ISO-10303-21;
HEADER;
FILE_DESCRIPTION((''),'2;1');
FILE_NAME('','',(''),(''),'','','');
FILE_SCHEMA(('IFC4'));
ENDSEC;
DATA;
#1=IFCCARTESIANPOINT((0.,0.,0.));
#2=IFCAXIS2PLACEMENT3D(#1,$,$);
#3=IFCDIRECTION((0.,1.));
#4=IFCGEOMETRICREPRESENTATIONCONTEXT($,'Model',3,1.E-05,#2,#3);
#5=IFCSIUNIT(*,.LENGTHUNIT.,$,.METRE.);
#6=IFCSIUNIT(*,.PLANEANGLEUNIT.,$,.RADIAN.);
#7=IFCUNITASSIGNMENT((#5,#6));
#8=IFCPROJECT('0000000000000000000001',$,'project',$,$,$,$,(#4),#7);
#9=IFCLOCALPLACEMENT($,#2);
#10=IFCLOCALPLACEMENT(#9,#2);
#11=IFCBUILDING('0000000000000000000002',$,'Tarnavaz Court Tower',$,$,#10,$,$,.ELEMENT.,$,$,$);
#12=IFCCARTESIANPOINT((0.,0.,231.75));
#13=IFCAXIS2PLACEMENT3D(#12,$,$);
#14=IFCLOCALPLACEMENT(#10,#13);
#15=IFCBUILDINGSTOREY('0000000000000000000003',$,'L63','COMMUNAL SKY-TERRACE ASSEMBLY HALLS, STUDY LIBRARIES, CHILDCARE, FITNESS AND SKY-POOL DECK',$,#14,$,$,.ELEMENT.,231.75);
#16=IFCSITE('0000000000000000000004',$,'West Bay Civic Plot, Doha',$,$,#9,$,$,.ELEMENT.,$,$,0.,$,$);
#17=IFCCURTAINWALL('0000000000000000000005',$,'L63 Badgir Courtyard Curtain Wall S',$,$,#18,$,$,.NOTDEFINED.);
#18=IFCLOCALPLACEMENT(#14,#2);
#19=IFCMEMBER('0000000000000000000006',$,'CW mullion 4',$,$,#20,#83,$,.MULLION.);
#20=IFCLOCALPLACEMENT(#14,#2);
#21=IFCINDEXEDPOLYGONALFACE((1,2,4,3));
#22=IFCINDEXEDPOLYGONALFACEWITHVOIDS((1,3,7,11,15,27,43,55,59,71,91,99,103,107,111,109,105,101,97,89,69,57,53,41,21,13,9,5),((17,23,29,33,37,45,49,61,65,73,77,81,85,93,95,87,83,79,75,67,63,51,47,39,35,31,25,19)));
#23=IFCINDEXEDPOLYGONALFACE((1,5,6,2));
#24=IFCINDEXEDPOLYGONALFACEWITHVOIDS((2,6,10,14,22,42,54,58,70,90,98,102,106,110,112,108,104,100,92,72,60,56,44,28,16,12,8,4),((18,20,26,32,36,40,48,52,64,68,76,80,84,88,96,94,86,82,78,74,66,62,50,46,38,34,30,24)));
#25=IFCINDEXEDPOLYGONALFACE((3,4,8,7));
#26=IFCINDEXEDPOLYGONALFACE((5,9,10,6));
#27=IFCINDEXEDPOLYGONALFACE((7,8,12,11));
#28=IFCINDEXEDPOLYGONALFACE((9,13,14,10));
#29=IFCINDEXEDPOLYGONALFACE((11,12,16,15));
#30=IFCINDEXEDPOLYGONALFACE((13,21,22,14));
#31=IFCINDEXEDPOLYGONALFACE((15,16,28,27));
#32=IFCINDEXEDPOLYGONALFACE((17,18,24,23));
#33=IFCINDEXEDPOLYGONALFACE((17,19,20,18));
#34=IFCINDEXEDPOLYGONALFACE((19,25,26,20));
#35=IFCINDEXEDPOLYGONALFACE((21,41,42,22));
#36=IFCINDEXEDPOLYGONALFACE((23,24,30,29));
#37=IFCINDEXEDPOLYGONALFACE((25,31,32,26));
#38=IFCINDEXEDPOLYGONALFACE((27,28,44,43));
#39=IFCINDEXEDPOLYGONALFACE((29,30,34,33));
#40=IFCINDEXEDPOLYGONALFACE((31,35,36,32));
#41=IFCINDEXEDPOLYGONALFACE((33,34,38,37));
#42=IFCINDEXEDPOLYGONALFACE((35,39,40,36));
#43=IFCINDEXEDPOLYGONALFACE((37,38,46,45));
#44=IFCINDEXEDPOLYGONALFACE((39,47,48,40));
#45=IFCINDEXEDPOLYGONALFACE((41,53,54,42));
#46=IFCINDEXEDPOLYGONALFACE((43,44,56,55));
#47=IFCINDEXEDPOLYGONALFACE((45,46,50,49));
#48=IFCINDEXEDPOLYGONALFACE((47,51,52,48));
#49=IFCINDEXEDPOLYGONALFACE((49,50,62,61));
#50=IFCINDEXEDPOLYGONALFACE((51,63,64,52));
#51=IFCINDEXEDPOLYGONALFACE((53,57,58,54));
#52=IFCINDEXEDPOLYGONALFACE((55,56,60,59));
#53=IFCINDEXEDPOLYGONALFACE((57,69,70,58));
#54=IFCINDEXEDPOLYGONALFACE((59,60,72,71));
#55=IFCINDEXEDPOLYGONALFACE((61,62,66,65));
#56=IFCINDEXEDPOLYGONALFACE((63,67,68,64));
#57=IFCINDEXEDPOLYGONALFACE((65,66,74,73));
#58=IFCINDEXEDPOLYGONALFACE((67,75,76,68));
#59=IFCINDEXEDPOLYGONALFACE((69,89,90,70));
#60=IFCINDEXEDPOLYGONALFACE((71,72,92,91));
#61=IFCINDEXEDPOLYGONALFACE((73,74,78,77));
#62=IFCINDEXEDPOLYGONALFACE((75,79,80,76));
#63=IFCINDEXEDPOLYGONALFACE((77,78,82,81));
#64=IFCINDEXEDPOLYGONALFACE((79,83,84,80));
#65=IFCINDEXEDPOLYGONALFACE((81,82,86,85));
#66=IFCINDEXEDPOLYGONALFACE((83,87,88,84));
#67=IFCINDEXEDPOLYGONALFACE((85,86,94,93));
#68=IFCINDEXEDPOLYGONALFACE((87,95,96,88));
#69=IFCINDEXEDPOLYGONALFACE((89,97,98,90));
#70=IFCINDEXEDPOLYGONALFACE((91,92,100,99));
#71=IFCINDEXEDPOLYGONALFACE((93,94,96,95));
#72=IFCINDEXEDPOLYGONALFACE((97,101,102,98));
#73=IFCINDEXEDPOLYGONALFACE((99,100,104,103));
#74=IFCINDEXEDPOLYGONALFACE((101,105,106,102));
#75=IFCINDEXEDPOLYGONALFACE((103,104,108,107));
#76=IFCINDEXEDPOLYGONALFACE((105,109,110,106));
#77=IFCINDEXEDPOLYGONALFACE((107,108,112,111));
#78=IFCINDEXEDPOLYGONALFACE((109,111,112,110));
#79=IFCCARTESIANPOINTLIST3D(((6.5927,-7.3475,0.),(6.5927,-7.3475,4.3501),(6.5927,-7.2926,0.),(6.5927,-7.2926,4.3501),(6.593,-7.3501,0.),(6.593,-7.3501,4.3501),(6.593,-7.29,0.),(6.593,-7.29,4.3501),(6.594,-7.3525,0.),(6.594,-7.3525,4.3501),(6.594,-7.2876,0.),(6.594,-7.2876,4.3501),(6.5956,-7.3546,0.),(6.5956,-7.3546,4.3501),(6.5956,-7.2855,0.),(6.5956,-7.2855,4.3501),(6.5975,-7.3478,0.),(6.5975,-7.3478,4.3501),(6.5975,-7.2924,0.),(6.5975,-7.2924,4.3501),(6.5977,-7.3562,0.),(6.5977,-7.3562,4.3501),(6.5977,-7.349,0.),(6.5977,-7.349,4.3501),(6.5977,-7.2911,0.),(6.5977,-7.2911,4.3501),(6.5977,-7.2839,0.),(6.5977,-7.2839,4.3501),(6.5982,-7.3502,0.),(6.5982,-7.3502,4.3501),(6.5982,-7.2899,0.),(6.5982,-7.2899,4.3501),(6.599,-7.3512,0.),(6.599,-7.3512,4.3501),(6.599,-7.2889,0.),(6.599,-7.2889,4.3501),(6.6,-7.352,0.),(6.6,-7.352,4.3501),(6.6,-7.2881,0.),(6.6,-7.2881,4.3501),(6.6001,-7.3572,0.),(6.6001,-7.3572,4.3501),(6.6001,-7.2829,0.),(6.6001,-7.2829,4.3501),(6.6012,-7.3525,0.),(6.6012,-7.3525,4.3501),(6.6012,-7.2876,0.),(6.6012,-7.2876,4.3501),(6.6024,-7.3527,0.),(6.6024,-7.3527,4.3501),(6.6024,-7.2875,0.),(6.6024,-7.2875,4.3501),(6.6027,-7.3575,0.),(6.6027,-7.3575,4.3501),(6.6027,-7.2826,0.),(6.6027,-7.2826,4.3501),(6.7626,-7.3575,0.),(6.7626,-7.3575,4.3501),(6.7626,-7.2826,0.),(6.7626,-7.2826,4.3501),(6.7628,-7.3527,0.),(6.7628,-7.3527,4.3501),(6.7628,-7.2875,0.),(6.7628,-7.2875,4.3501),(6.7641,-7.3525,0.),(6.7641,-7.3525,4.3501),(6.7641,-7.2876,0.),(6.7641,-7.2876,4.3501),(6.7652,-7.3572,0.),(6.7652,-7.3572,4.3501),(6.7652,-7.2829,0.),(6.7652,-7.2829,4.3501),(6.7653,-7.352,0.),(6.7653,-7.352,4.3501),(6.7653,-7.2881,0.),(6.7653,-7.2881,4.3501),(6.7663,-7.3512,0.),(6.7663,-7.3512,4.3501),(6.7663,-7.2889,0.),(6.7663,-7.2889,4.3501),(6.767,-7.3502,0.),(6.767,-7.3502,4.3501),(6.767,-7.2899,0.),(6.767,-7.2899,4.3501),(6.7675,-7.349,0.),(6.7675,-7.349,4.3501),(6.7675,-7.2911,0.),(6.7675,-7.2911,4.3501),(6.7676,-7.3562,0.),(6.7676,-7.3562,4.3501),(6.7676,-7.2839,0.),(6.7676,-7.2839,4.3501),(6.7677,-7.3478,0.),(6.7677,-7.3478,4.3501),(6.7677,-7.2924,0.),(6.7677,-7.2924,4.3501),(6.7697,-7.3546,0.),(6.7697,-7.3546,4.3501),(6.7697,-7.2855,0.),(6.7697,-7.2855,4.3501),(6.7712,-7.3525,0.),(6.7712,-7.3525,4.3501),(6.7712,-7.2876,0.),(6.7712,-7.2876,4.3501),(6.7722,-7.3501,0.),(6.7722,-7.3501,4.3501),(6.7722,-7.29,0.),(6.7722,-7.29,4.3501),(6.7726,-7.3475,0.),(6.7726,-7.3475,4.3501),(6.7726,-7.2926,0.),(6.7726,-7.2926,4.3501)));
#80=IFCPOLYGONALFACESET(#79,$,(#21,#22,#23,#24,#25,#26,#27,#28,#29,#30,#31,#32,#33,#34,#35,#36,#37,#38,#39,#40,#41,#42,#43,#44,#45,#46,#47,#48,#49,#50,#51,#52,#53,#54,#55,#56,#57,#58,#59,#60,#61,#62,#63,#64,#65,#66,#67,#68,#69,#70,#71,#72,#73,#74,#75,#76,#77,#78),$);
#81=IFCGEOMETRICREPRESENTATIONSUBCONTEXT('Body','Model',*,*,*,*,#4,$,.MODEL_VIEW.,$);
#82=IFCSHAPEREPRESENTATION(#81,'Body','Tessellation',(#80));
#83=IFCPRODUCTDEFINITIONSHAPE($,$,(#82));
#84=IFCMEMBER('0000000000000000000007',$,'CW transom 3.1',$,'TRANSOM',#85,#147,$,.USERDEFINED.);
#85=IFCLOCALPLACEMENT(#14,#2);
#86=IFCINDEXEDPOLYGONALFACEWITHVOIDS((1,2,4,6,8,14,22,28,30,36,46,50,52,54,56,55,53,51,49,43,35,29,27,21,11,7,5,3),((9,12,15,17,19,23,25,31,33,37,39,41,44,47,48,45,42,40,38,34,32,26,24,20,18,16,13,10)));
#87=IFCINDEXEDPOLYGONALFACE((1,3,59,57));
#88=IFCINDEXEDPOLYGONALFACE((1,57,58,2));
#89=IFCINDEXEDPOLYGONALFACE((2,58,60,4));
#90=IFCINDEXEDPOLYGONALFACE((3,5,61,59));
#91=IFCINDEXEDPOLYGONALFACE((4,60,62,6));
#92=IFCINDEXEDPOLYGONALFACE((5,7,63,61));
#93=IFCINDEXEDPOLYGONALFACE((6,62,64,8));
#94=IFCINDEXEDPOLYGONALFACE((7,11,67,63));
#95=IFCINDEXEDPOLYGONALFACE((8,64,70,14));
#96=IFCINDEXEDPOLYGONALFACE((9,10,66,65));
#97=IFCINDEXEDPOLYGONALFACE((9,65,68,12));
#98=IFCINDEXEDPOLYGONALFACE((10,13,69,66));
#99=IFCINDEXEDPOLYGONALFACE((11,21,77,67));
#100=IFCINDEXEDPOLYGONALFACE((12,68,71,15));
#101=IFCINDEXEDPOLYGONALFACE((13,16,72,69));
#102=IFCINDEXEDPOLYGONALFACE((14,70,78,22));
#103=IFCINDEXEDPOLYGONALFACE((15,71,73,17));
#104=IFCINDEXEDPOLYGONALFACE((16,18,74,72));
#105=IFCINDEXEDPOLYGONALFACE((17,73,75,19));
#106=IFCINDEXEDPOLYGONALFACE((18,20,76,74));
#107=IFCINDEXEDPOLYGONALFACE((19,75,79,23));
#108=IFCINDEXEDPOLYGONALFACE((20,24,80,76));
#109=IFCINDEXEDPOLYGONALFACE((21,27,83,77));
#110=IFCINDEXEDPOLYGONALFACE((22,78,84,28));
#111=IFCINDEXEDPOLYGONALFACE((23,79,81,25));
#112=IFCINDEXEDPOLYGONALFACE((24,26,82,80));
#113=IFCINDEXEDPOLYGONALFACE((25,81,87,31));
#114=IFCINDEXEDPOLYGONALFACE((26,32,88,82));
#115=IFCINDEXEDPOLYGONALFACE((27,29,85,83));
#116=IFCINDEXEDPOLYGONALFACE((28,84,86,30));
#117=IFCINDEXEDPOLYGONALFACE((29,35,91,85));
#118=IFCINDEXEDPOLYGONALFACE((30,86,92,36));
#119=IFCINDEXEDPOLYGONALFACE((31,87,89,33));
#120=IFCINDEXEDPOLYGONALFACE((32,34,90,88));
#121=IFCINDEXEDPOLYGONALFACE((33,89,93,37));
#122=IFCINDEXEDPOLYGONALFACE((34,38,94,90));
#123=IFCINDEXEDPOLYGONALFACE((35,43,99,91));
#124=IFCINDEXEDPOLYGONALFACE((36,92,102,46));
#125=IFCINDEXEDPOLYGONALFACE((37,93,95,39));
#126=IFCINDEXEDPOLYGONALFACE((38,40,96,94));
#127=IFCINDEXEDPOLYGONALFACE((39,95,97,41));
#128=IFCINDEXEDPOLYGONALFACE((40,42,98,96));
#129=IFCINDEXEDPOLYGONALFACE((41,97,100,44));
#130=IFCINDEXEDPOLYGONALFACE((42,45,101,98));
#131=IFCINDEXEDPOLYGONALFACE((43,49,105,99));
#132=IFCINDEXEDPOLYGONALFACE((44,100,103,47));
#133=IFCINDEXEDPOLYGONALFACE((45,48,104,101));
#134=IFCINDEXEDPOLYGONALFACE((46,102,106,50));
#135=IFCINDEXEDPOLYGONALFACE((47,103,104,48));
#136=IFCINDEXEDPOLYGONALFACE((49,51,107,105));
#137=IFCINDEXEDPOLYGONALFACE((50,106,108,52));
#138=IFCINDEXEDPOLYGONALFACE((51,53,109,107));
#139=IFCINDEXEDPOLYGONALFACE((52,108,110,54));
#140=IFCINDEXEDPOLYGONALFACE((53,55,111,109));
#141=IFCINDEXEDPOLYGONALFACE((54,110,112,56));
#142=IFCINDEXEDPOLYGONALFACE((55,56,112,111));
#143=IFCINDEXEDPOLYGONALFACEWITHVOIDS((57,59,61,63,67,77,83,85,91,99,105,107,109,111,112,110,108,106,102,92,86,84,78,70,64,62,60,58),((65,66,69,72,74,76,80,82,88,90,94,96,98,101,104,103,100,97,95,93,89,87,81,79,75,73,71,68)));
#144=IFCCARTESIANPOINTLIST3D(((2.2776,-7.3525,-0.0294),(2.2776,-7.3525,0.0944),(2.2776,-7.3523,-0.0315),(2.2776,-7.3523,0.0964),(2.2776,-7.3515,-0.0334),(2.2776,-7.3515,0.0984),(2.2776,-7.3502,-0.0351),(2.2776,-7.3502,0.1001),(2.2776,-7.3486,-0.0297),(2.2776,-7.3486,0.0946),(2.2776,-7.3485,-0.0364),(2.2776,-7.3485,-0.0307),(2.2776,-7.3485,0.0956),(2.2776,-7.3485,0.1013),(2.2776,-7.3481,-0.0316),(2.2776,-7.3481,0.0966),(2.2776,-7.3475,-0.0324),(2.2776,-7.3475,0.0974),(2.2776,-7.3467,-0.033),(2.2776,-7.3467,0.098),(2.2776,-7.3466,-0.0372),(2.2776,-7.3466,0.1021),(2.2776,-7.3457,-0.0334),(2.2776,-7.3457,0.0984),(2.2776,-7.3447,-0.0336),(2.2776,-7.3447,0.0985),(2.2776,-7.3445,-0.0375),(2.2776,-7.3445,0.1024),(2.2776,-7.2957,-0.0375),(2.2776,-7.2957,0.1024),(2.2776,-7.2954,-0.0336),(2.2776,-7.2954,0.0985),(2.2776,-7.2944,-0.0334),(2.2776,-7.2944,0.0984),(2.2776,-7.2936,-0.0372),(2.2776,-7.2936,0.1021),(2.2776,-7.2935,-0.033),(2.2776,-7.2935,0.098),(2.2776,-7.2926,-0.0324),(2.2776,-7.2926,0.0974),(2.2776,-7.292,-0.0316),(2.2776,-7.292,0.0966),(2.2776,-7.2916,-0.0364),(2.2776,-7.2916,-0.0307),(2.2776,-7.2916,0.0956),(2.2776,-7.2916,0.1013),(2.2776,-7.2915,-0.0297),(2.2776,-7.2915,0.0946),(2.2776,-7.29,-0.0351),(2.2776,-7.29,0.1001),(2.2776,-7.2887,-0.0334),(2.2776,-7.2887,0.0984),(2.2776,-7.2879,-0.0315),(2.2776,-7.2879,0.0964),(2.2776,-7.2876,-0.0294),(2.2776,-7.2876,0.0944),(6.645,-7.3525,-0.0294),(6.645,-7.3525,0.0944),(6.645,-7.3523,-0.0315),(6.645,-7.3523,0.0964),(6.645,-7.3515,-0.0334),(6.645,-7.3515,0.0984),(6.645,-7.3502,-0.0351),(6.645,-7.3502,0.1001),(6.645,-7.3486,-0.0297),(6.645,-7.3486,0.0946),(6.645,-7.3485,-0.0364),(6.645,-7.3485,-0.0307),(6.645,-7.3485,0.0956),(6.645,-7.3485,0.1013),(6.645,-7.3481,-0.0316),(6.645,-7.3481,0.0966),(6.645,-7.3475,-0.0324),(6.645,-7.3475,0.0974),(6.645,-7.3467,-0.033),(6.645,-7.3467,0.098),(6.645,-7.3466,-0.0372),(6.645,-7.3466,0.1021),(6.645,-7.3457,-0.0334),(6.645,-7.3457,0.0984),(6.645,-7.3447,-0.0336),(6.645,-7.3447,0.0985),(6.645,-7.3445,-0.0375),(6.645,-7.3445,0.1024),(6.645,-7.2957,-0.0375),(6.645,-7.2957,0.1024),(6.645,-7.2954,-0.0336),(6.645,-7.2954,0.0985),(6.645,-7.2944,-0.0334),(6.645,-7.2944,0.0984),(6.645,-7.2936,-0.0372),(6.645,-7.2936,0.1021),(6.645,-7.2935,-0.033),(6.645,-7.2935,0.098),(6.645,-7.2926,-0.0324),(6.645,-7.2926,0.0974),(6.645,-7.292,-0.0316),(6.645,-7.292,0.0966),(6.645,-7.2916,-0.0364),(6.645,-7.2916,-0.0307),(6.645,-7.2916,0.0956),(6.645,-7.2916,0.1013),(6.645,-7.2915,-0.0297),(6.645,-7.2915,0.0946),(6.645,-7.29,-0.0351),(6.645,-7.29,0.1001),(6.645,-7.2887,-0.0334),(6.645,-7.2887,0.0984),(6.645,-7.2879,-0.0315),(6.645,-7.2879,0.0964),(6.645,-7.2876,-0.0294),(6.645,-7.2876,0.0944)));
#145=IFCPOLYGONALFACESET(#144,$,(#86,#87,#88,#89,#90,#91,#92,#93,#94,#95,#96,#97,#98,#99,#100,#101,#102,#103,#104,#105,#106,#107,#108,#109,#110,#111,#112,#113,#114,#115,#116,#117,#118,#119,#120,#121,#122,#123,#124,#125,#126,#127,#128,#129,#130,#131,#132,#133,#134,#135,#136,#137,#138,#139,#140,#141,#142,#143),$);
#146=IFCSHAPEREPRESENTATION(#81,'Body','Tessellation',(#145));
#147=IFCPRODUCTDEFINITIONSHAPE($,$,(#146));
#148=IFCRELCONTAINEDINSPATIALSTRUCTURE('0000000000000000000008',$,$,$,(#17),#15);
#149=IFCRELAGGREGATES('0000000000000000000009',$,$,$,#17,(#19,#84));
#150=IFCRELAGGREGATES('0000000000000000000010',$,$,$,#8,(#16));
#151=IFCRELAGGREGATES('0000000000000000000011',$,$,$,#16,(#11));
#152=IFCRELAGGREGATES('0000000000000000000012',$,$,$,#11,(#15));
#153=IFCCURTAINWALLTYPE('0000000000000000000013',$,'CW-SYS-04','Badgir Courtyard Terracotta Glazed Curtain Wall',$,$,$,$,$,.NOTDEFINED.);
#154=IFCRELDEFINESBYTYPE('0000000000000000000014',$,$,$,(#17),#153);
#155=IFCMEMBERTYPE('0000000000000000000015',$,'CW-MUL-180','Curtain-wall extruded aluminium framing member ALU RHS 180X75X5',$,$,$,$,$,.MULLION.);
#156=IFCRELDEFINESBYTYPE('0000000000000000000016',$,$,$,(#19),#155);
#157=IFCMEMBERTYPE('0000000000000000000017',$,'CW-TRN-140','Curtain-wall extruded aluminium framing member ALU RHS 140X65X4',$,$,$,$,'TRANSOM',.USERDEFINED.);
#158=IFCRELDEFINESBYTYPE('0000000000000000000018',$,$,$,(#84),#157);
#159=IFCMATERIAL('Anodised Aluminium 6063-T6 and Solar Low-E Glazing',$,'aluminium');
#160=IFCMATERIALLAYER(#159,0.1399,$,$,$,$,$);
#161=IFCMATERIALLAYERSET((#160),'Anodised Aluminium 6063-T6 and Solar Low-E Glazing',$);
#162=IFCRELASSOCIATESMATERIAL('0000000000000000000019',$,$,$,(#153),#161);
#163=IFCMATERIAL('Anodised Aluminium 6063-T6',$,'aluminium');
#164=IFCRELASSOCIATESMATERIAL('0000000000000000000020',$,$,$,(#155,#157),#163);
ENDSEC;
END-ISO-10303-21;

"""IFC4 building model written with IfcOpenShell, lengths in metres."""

from ifc_helpers import new_model, si_unit, direction, frame, origin, origin_2d, place, context, subcontext, project, spatial, hollow_rectangle, extrude, material, layer, layer_set, material_profile, profile_set, type_object, element, aggregate, save


model = new_model("IFC4")

# Units and contexts
model_context = context("Model", 3, precision=1e-05, world=origin(), true_north=direction((0.0, 1.0)))
body_context = subcontext(model_context, "Body", "Model", "MODEL_VIEW")
ifc_project = project(units=[si_unit("LENGTHUNIT", "METRE"), si_unit("PLANEANGLEUNIT", "RADIAN")], contexts=[model_context])

# Site, building, storey
site_placement = place(None, origin())
site = spatial("IfcSite", under=ifc_project, at=site_placement, Name="West Bay Civic Plot, Doha", CompositionType="ELEMENT", RefElevation=0.0)
building_placement = place(site_placement, origin())
building = spatial("IfcBuilding", under=site, at=building_placement, Name="Tarnavaz Court Tower", CompositionType="ELEMENT")
storey_placement = place(building_placement, frame((0.0, 0.0, 231.75)))
storey = spatial("IfcBuildingStorey", under=building, at=storey_placement, Name="L63", Description="COMMUNAL SKY-TERRACE ASSEMBLY HALLS, STUDY LIBRARIES, CHILDCARE, FITNESS AND SKY-POOL DECK", CompositionType="ELEMENT", Elevation=231.75)

# Curtain wall, members
ifc_material_1 = material(Name="Anodised Aluminium 6063-T6 and Solar Low-E Glazing", Category="aluminium")
ifc_layer_1 = layer(ifc_material_1, 0.1399)
ifc_layer_set_1 = layer_set([ifc_layer_1], Name="Anodised Aluminium 6063-T6 and Solar Low-E Glazing")
curtain_wall_type = type_object("IfcCurtainWallType", Name="CW-SYS-04", Description="Badgir Courtyard Terracotta Glazed Curtain Wall", PredefinedType="NOTDEFINED", material=ifc_layer_set_1)
curtain_wall_placement = place(storey_placement, origin())
curtain_wall = element("IfcCurtainWall", 1, at=curtain_wall_placement, inside=storey, type_object=curtain_wall_type, Name="L63 Badgir Courtyard Curtain Wall S", PredefinedType="NOTDEFINED")
ifc_material_2 = material(Name="Anodised Aluminium 6063-T6", Category="aluminium")
ifc_material_profile_1 = material_profile(ifc_material_2, hollow_rectangle(XDim=0.075, YDim=0.1799, WallThickness=0.0049, InnerFilletRadius=0.0049, OuterFilletRadius=0.01, at=origin_2d()), Name="ALU RHS 180X75X5")
ifc_profile_set_1 = profile_set([ifc_material_profile_1], Name="Anodised Aluminium 6063-T6")
member_type_1 = type_object("IfcMemberType", Name="CW-MUL-180", Description="Curtain-wall extruded aluminium framing member ALU RHS 180X75X5", PredefinedType="MULLION", material=ifc_profile_set_1)
member_1_placement = place(storey_placement, frame((6.6826, -7.3201, 0.0), z_axis=(0.0, 0.0, 1.0), x_axis=(0.0, 1.0, 0.0)))
member_1 = element("IfcMember", 2, at=member_1_placement, type_object=member_type_1, Name="CW mullion 4", PredefinedType="MULLION", context=body_context, shape_type="SweptSolid", body=[
    extrude(hollow_rectangle(XDim=0.075, YDim=0.1799, WallThickness=0.0049, InnerFilletRadius=0.0049, OuterFilletRadius=0.01, at=origin_2d()), origin(), (0.0, 0.0, 1.0), 4.3501),
])
ifc_material_profile_2 = material_profile(ifc_material_2, hollow_rectangle(XDim=0.0649, YDim=0.1399, WallThickness=0.0039, InnerFilletRadius=0.0039, OuterFilletRadius=0.0081, at=origin_2d()), Name="ALU RHS 140X65X4")
ifc_profile_set_2 = profile_set([ifc_material_profile_2], Name="Anodised Aluminium 6063-T6")
member_type_2 = type_object("IfcMemberType", Name="CW-TRN-140", Description="Curtain-wall extruded aluminium framing member ALU RHS 140X65X4", ElementType="TRANSOM", PredefinedType="USERDEFINED", material=ifc_profile_set_2)
member_2_placement = place(storey_placement, frame((2.2776, -7.3201, 0.0325), z_axis=(1.0, 0.0, 0.0), x_axis=(0.0, 1.0, 0.0)))
member_2 = element("IfcMember", 3, at=member_2_placement, type_object=member_type_2, Name="CW transom 3.1", ObjectType="TRANSOM", PredefinedType="USERDEFINED", context=body_context, shape_type="SweptSolid", body=[
    extrude(hollow_rectangle(XDim=0.0649, YDim=0.1399, WallThickness=0.0039, InnerFilletRadius=0.0039, OuterFilletRadius=0.0081, at=origin_2d()), origin(), (0.0, 0.0, 1.0), 4.3674),
])
aggregate(curtain_wall, [member_1, member_2])

save(model, "model.ifc")
